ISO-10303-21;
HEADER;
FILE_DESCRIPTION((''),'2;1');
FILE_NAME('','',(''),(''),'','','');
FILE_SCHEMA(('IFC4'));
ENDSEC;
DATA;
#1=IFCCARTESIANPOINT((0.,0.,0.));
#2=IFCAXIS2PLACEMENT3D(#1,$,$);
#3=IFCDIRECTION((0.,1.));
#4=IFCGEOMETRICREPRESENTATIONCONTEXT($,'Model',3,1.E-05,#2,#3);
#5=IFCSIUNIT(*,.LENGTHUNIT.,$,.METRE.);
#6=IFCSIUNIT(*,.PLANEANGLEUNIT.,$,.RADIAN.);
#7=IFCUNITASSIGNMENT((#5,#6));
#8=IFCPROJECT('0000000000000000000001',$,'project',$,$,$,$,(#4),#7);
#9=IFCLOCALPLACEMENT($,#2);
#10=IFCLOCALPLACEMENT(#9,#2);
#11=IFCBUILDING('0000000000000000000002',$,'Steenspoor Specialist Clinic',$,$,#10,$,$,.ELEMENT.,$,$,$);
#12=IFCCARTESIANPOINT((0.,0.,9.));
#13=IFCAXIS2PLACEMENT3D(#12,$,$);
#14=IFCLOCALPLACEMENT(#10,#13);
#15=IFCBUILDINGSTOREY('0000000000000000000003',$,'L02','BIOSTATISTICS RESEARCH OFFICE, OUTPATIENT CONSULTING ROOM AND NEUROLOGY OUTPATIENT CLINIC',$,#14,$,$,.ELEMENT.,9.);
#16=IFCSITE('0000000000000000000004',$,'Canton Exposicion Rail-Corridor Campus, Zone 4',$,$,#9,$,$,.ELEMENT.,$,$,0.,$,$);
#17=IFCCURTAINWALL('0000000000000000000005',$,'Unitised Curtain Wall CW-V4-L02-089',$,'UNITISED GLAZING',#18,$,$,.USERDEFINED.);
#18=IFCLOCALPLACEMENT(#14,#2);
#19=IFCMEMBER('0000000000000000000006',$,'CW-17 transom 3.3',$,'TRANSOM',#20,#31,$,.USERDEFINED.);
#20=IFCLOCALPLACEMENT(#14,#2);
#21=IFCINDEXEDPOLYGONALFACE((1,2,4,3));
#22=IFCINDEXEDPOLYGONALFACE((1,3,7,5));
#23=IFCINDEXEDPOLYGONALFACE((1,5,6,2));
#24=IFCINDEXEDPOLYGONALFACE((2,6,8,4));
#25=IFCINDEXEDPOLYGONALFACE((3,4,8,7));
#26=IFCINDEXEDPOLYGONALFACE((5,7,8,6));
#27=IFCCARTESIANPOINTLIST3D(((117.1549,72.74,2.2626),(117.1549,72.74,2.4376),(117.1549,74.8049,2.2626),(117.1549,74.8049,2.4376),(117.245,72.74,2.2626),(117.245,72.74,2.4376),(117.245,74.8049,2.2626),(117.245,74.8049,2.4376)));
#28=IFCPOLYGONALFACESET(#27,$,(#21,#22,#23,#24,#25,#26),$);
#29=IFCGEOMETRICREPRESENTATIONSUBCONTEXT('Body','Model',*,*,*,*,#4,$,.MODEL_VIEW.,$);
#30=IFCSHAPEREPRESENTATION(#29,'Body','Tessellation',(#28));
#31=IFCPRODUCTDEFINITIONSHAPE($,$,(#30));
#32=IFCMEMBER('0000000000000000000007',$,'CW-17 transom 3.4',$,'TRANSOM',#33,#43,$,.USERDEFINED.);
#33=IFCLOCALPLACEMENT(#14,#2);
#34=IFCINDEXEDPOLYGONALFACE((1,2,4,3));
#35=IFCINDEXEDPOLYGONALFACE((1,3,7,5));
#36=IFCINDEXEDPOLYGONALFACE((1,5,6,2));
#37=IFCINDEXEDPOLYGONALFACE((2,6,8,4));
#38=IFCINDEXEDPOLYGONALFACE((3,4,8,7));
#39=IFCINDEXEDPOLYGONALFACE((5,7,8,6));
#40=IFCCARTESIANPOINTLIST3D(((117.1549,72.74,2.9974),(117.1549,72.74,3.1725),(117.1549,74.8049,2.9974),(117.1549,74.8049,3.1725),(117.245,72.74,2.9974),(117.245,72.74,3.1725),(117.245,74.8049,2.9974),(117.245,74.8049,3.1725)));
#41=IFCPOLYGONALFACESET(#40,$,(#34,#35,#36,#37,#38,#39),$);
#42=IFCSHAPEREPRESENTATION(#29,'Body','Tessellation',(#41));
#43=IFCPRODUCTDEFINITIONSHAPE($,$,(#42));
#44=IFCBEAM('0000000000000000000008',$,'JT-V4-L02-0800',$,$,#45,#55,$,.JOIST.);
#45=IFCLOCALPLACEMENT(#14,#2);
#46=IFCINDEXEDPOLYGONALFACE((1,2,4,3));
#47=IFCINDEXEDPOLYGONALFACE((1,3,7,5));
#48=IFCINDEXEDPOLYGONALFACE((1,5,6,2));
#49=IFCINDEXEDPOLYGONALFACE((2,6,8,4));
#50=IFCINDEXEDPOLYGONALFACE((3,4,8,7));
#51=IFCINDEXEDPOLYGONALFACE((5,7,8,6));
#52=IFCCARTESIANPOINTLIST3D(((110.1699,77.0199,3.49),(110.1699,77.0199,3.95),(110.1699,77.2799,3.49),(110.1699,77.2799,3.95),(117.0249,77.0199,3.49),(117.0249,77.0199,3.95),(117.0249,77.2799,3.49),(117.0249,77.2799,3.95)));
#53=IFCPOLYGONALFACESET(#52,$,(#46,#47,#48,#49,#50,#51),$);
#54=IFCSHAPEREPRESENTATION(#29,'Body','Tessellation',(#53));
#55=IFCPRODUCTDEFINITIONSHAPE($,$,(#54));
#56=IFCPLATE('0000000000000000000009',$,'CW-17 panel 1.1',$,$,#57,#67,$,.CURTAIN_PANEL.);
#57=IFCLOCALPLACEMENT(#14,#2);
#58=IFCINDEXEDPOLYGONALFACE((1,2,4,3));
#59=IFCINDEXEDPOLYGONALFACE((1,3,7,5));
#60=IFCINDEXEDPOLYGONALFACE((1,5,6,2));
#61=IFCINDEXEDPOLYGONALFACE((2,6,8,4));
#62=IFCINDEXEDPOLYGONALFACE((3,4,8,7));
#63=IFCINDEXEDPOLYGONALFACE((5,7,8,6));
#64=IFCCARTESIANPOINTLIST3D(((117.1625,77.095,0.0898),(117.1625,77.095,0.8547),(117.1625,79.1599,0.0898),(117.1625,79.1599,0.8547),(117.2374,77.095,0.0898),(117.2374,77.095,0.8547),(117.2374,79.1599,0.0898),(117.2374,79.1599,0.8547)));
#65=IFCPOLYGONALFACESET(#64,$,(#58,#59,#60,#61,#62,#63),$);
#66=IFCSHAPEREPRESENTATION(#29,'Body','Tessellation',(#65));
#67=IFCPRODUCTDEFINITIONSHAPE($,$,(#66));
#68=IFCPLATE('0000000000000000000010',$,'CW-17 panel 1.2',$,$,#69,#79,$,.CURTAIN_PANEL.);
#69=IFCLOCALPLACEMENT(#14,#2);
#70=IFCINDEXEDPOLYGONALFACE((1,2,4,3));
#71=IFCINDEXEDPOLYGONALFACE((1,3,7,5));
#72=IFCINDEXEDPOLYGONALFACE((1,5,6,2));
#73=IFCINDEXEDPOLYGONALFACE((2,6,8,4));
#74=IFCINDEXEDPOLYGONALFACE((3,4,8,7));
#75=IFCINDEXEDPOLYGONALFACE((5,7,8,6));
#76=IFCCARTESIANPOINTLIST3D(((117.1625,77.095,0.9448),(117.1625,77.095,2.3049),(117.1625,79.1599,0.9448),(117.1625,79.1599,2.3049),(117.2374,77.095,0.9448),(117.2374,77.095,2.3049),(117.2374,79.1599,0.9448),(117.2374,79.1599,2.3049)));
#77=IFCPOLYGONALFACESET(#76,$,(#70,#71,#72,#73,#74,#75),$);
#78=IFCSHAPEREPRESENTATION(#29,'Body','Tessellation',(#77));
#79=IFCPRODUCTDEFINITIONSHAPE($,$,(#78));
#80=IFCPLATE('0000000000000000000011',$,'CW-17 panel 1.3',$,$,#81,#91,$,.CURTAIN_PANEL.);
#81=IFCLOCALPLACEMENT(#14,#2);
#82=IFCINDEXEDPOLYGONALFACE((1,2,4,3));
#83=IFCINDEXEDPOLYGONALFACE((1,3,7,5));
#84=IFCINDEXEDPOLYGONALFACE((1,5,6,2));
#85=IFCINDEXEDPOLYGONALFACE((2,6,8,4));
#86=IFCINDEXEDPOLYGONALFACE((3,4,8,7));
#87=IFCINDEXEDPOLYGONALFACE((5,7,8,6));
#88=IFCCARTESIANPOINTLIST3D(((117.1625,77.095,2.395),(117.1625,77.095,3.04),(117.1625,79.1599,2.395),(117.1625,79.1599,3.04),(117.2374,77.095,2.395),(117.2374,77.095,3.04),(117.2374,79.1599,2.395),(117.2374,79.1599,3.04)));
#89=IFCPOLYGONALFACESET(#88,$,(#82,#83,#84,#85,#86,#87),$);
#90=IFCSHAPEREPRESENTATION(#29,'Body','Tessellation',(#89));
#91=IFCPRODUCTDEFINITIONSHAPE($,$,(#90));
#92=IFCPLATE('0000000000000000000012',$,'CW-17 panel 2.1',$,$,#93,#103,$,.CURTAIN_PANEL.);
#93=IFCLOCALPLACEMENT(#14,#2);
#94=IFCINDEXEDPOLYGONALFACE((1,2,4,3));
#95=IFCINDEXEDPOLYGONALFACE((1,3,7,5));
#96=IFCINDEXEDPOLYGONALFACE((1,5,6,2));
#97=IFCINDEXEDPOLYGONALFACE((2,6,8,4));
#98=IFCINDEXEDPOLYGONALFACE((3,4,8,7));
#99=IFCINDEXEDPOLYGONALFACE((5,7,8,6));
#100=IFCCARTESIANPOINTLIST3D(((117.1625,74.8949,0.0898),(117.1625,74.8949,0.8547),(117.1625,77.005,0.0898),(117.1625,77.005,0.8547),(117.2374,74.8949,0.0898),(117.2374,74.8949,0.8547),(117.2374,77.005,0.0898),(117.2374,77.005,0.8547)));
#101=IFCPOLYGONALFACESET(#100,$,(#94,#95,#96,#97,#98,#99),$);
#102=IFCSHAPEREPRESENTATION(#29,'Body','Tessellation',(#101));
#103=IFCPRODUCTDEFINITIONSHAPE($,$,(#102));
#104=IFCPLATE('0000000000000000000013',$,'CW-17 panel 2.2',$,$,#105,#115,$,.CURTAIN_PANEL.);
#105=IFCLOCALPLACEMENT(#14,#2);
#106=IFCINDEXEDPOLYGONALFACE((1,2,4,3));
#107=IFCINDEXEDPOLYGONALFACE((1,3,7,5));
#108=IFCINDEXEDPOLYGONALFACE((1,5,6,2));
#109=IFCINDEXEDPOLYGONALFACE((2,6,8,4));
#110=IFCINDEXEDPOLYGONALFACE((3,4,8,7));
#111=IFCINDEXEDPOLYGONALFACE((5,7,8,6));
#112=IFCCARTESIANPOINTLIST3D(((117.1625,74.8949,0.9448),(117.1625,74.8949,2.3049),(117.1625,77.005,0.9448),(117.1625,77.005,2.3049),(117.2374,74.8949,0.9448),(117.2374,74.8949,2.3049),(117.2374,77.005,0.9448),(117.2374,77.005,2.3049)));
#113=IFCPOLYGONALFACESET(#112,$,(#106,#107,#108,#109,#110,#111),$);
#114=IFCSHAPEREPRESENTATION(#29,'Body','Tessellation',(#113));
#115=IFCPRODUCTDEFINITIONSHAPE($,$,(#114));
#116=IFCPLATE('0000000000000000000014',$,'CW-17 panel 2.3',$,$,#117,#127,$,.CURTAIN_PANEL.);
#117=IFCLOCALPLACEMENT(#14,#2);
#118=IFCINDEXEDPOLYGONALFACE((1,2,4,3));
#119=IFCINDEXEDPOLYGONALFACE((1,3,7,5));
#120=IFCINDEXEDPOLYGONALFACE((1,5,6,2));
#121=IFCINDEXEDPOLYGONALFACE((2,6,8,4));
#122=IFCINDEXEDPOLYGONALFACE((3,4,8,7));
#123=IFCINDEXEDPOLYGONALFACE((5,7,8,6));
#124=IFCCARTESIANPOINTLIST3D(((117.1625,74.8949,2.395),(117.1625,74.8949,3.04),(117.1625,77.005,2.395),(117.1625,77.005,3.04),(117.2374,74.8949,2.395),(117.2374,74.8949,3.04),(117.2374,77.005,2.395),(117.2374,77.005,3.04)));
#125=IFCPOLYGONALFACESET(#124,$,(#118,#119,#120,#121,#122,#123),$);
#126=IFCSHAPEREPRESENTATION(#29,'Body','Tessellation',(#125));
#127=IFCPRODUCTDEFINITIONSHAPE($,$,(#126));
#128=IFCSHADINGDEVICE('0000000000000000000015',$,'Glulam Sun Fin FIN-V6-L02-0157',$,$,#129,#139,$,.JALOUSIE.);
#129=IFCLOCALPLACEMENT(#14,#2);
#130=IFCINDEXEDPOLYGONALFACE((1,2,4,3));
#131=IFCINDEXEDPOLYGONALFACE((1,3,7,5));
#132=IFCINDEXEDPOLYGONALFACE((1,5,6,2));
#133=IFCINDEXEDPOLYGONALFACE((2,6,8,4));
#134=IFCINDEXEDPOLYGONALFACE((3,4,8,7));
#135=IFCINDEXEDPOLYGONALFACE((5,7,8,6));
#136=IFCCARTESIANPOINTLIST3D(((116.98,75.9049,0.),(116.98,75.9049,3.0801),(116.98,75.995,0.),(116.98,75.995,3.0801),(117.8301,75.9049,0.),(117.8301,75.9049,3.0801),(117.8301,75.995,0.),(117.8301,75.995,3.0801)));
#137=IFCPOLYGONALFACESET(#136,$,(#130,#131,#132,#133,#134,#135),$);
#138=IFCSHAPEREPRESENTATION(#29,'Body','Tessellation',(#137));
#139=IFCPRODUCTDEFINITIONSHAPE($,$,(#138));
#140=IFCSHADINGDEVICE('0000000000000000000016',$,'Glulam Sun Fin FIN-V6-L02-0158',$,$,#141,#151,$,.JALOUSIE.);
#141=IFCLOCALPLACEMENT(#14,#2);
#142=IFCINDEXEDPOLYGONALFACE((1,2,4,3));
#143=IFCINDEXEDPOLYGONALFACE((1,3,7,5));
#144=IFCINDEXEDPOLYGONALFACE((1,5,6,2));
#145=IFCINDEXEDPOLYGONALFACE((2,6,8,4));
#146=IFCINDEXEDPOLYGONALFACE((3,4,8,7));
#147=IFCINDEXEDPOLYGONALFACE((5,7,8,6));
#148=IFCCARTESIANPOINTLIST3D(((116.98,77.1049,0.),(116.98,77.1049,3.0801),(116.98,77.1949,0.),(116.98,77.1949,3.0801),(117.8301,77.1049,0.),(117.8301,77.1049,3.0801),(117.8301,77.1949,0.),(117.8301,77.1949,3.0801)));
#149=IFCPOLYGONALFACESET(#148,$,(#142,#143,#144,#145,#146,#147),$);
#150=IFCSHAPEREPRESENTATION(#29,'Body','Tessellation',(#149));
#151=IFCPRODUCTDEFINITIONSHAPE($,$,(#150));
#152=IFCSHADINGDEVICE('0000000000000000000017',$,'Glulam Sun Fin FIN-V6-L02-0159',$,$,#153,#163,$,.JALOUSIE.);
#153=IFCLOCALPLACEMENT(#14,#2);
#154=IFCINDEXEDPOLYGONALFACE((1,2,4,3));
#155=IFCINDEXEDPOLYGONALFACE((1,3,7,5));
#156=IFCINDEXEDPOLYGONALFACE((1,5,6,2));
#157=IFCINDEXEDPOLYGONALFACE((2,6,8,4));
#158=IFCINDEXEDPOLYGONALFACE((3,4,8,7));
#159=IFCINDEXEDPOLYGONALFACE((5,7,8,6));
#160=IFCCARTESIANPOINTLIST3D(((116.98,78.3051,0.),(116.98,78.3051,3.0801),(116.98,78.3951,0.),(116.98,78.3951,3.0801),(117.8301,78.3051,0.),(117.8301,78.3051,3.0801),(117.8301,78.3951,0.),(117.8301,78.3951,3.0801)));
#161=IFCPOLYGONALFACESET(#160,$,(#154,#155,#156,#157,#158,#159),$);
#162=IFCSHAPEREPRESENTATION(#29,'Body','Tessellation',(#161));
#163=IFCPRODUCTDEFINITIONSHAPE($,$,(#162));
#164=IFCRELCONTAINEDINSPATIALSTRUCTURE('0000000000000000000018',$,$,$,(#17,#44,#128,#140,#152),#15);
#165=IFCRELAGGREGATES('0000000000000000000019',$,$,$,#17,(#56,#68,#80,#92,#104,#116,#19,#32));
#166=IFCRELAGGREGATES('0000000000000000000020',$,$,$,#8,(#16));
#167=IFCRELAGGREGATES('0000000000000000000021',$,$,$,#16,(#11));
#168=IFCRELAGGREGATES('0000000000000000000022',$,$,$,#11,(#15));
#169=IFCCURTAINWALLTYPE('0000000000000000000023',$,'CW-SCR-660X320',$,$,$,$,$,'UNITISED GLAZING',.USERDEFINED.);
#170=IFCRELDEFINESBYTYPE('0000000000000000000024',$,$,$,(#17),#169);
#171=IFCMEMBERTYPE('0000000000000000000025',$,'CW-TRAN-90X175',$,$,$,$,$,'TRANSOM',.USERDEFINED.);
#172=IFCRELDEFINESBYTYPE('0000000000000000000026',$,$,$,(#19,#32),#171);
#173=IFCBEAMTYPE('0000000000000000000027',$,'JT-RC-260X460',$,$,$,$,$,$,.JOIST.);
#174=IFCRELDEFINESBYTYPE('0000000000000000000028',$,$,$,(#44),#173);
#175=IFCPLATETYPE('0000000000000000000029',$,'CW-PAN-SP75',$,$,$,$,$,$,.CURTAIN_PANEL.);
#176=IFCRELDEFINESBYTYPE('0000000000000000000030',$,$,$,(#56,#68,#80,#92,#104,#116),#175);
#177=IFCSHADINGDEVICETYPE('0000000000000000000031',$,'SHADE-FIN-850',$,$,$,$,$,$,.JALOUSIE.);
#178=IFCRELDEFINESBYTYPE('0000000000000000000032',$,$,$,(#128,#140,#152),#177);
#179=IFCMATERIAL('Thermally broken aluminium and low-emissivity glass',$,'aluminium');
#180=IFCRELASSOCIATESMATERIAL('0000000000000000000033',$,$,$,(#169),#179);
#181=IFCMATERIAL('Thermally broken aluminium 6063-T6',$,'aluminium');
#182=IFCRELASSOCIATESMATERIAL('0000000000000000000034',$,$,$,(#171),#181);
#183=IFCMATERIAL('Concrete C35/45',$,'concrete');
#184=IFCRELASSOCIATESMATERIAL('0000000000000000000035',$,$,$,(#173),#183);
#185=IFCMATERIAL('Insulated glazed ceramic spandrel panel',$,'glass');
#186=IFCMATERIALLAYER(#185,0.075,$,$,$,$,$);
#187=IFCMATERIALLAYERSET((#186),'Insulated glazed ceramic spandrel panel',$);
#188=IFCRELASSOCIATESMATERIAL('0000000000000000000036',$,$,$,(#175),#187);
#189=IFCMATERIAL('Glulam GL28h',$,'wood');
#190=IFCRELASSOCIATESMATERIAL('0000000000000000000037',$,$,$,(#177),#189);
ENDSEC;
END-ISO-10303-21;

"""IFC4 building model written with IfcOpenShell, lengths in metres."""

from ifc_helpers import new_model, si_unit, direction, frame, origin, origin_2d, place, context, subcontext, project, spatial, rectangle, extrude, material, layer, layer_set, material_profile, profile_set, type_object, element, aggregate, save


model = new_model("IFC4")

# Units and contexts
model_context = context("Model", 3, precision=1e-05, world=origin(), true_north=direction((0.0, 1.0)))
body_context = subcontext(model_context, "Body", "Model", "MODEL_VIEW")
ifc_project = project(units=[si_unit("LENGTHUNIT", "METRE"), si_unit("PLANEANGLEUNIT", "RADIAN")], contexts=[model_context])

# Site, building, storey
site_placement = place(None, origin())
site = spatial("IfcSite", under=ifc_project, at=site_placement, Name="Canton Exposicion Rail-Corridor Campus, Zone 4", CompositionType="ELEMENT", RefElevation=0.0)
building_placement = place(site_placement, origin())
building = spatial("IfcBuilding", under=site, at=building_placement, Name="Steenspoor Specialist Clinic", CompositionType="ELEMENT")
storey_placement = place(building_placement, frame((0.0, 0.0, 9.0)))
storey = spatial("IfcBuildingStorey", under=building, at=storey_placement, Name="L02", Description="BIOSTATISTICS RESEARCH OFFICE, OUTPATIENT CONSULTING ROOM AND NEUROLOGY OUTPATIENT CLINIC", CompositionType="ELEMENT", Elevation=9.0)

# Shared definitions
ifc_material_1 = material(Name="Concrete C35/45", Category="concrete")

# Curtain wall, members
ifc_material_2 = material(Name="Thermally broken aluminium and low-emissivity glass", Category="aluminium")
curtain_wall_type = type_object("IfcCurtainWallType", Name="CW-SCR-660X320", ElementType="UNITISED GLAZING", PredefinedType="USERDEFINED", material=ifc_material_2)
curtain_wall_placement = place(storey_placement, origin())
curtain_wall = element("IfcCurtainWall", 1, at=curtain_wall_placement, inside=storey, type_object=curtain_wall_type, Name="Unitised Curtain Wall CW-V4-L02-089", ObjectType="UNITISED GLAZING", PredefinedType="USERDEFINED")
ifc_material_3 = material(Name="Thermally broken aluminium 6063-T6", Category="aluminium")
ifc_material_profile_1 = material_profile(ifc_material_3, rectangle(XDim=0.0901, YDim=0.175, at=origin_2d()), Name="CWT-90X175")
ifc_profile_set_1 = profile_set([ifc_material_profile_1], Name="Thermally broken aluminium 6063-T6")
member_type_1 = type_object("IfcMemberType", Name="CW-TRAN-90X175", ElementType="TRANSOM", PredefinedType="USERDEFINED", material=ifc_profile_set_1)
member_1_placement = place(storey_placement, frame((117.2, 74.8049, 2.3501), z_axis=(0.0, -1.0, 0.0), x_axis=(1.0, 0.0, 0.0)))
member_1 = element("IfcMember", 2, at=member_1_placement, type_object=member_type_1, Name="CW-17 transom 3.3", ObjectType="TRANSOM", PredefinedType="USERDEFINED", context=body_context, shape_type="SweptSolid", body=[
    extrude(rectangle(XDim=0.0901, YDim=0.175, at=origin_2d()), origin(), (0.0, 0.0, 1.0), 2.0649),
])
member_2_placement = place(storey_placement, frame((117.2, 74.8049, 3.085), z_axis=(0.0, -1.0, 0.0), x_axis=(1.0, 0.0, 0.0)))
member_2 = element("IfcMember", 3, at=member_2_placement, type_object=member_type_1, Name="CW-17 transom 3.4", ObjectType="TRANSOM", PredefinedType="USERDEFINED", context=body_context, shape_type="SweptSolid", body=[
    extrude(rectangle(XDim=0.0901, YDim=0.175, at=origin_2d()), origin(), (0.0, 0.0, 1.0), 2.0649),
])

# Beam
ifc_material_profile_2 = material_profile(ifc_material_1, rectangle(XDim=0.26, YDim=0.46, at=origin_2d()), Name="RC-JT-260X460")
ifc_profile_set_2 = profile_set([ifc_material_profile_2], Name="Concrete C35/45")
beam_type_1 = type_object("IfcBeamType", Name="JT-RC-260X460", PredefinedType="JOIST", material=ifc_profile_set_2)
beam_1_placement = place(storey_placement, frame((110.1699, 77.1499, 3.72), z_axis=(1.0, 0.0, 0.0), x_axis=(0.0, 1.0, 0.0)))
element("IfcBeam", 4, at=beam_1_placement, inside=storey, type_object=beam_type_1, Name="JT-V4-L02-0800", PredefinedType="JOIST", context=body_context, shape_type="SweptSolid", body=[
    extrude(rectangle(XDim=0.26, YDim=0.46, at=origin_2d()), origin(), (0.0, 0.0, 1.0), 6.855),
])

# Plates
ifc_material_4 = material(Name="Insulated glazed ceramic spandrel panel", Category="glass")
ifc_layer = layer(ifc_material_4, 0.075)
ifc_layer_set = layer_set([ifc_layer], Name="Insulated glazed ceramic spandrel panel")
plate_type = type_object("IfcPlateType", Name="CW-PAN-SP75", PredefinedType="CURTAIN_PANEL", material=ifc_layer_set)
plate_1_placement = place(storey_placement, frame((117.2, 78.1274, 0.0898), z_axis=(0.0, 0.0, 1.0), x_axis=(0.0, -1.0, 0.0)))
plate_1 = element("IfcPlate", 5, at=plate_1_placement, type_object=plate_type, Name="CW-17 panel 1.1", PredefinedType="CURTAIN_PANEL", context=body_context, shape_type="SweptSolid", body=[
    extrude(rectangle(XDim=2.0649, YDim=0.075, at=origin_2d()), origin(), (0.0, 0.0, 1.0), 0.7649),
])
plate_2_placement = place(storey_placement, frame((117.2, 78.1274, 0.9448), z_axis=(0.0, 0.0, 1.0), x_axis=(0.0, -1.0, 0.0)))
plate_2 = element("IfcPlate", 6, at=plate_2_placement, type_object=plate_type, Name="CW-17 panel 1.2", PredefinedType="CURTAIN_PANEL", context=body_context, shape_type="SweptSolid", body=[
    extrude(rectangle(XDim=2.0649, YDim=0.075, at=origin_2d()), origin(), (0.0, 0.0, 1.0), 1.3601),
])
plate_3_placement = place(storey_placement, frame((117.2, 78.1274, 2.395), z_axis=(0.0, 0.0, 1.0), x_axis=(0.0, -1.0, 0.0)))
plate_3 = element("IfcPlate", 7, at=plate_3_placement, type_object=plate_type, Name="CW-17 panel 1.3", PredefinedType="CURTAIN_PANEL", context=body_context, shape_type="SweptSolid", body=[
    extrude(rectangle(XDim=2.0649, YDim=0.075, at=origin_2d()), origin(), (0.0, 0.0, 1.0), 0.645),
])
plate_4_placement = place(storey_placement, frame((117.2, 75.95, 0.0898), z_axis=(0.0, 0.0, 1.0), x_axis=(0.0, -1.0, 0.0)))
plate_4 = element("IfcPlate", 8, at=plate_4_placement, type_object=plate_type, Name="CW-17 panel 2.1", PredefinedType="CURTAIN_PANEL", context=body_context, shape_type="SweptSolid", body=[
    extrude(rectangle(XDim=2.1101, YDim=0.075, at=origin_2d()), origin(), (0.0, 0.0, 1.0), 0.7649),
])
plate_5_placement = place(storey_placement, frame((117.2, 75.95, 0.9448), z_axis=(0.0, 0.0, 1.0), x_axis=(0.0, -1.0, 0.0)))
plate_5 = element("IfcPlate", 9, at=plate_5_placement, type_object=plate_type, Name="CW-17 panel 2.2", PredefinedType="CURTAIN_PANEL", context=body_context, shape_type="SweptSolid", body=[
    extrude(rectangle(XDim=2.1101, YDim=0.075, at=origin_2d()), origin(), (0.0, 0.0, 1.0), 1.3601),
])
plate_6_placement = place(storey_placement, frame((117.2, 75.95, 2.395), z_axis=(0.0, 0.0, 1.0), x_axis=(0.0, -1.0, 0.0)))
plate_6 = element("IfcPlate", 10, at=plate_6_placement, type_object=plate_type, Name="CW-17 panel 2.3", PredefinedType="CURTAIN_PANEL", context=body_context, shape_type="SweptSolid", body=[
    extrude(rectangle(XDim=2.1101, YDim=0.075, at=origin_2d()), origin(), (0.0, 0.0, 1.0), 0.645),
])
aggregate(curtain_wall, [plate_1, plate_2, plate_3, plate_4, plate_5, plate_6, member_1, member_2])

# Shading devices
ifc_material_5 = material(Name="Glulam GL28h", Category="wood")
ifc_material_profile_3 = material_profile(ifc_material_5, rectangle(XDim=0.0901, YDim=0.8501, at=origin_2d()), Name="GL28H-90X850")
ifc_profile_set_3 = profile_set([ifc_material_profile_3], Name="Glulam GL28h")
shading_device_type = type_object("IfcShadingDeviceType", Name="SHADE-FIN-850", PredefinedType="JALOUSIE", material=ifc_profile_set_3)
for number, where, z_axis, x_axis, name in (
    (11, (117.405, 75.95, 0.0), (0.0, 0.0, 1.0), (0.0, 1.0, 0.0), "Glulam Sun Fin FIN-V6-L02-0157"),
    (12, (117.405, 77.1499, 0.0), (0.0, 0.0, 1.0), (0.0, 1.0, 0.0), "Glulam Sun Fin FIN-V6-L02-0158"),
    (13, (117.405, 78.3501, 0.0), (0.0, 0.0, 1.0), (0.0, 1.0, 0.0), "Glulam Sun Fin FIN-V6-L02-0159"),
):
    element("IfcShadingDevice", number, at=place(storey_placement, frame(where, z_axis=z_axis, x_axis=x_axis)), inside=storey, type_object=shading_device_type, Name=name, PredefinedType="JALOUSIE", context=body_context, shape_type="SweptSolid", body=[
        extrude(rectangle(XDim=0.0901, YDim=0.8501, at=origin_2d()), origin(), (0.0, 0.0, 1.0), 3.0801),
    ])

save(model, "model.ifc")
